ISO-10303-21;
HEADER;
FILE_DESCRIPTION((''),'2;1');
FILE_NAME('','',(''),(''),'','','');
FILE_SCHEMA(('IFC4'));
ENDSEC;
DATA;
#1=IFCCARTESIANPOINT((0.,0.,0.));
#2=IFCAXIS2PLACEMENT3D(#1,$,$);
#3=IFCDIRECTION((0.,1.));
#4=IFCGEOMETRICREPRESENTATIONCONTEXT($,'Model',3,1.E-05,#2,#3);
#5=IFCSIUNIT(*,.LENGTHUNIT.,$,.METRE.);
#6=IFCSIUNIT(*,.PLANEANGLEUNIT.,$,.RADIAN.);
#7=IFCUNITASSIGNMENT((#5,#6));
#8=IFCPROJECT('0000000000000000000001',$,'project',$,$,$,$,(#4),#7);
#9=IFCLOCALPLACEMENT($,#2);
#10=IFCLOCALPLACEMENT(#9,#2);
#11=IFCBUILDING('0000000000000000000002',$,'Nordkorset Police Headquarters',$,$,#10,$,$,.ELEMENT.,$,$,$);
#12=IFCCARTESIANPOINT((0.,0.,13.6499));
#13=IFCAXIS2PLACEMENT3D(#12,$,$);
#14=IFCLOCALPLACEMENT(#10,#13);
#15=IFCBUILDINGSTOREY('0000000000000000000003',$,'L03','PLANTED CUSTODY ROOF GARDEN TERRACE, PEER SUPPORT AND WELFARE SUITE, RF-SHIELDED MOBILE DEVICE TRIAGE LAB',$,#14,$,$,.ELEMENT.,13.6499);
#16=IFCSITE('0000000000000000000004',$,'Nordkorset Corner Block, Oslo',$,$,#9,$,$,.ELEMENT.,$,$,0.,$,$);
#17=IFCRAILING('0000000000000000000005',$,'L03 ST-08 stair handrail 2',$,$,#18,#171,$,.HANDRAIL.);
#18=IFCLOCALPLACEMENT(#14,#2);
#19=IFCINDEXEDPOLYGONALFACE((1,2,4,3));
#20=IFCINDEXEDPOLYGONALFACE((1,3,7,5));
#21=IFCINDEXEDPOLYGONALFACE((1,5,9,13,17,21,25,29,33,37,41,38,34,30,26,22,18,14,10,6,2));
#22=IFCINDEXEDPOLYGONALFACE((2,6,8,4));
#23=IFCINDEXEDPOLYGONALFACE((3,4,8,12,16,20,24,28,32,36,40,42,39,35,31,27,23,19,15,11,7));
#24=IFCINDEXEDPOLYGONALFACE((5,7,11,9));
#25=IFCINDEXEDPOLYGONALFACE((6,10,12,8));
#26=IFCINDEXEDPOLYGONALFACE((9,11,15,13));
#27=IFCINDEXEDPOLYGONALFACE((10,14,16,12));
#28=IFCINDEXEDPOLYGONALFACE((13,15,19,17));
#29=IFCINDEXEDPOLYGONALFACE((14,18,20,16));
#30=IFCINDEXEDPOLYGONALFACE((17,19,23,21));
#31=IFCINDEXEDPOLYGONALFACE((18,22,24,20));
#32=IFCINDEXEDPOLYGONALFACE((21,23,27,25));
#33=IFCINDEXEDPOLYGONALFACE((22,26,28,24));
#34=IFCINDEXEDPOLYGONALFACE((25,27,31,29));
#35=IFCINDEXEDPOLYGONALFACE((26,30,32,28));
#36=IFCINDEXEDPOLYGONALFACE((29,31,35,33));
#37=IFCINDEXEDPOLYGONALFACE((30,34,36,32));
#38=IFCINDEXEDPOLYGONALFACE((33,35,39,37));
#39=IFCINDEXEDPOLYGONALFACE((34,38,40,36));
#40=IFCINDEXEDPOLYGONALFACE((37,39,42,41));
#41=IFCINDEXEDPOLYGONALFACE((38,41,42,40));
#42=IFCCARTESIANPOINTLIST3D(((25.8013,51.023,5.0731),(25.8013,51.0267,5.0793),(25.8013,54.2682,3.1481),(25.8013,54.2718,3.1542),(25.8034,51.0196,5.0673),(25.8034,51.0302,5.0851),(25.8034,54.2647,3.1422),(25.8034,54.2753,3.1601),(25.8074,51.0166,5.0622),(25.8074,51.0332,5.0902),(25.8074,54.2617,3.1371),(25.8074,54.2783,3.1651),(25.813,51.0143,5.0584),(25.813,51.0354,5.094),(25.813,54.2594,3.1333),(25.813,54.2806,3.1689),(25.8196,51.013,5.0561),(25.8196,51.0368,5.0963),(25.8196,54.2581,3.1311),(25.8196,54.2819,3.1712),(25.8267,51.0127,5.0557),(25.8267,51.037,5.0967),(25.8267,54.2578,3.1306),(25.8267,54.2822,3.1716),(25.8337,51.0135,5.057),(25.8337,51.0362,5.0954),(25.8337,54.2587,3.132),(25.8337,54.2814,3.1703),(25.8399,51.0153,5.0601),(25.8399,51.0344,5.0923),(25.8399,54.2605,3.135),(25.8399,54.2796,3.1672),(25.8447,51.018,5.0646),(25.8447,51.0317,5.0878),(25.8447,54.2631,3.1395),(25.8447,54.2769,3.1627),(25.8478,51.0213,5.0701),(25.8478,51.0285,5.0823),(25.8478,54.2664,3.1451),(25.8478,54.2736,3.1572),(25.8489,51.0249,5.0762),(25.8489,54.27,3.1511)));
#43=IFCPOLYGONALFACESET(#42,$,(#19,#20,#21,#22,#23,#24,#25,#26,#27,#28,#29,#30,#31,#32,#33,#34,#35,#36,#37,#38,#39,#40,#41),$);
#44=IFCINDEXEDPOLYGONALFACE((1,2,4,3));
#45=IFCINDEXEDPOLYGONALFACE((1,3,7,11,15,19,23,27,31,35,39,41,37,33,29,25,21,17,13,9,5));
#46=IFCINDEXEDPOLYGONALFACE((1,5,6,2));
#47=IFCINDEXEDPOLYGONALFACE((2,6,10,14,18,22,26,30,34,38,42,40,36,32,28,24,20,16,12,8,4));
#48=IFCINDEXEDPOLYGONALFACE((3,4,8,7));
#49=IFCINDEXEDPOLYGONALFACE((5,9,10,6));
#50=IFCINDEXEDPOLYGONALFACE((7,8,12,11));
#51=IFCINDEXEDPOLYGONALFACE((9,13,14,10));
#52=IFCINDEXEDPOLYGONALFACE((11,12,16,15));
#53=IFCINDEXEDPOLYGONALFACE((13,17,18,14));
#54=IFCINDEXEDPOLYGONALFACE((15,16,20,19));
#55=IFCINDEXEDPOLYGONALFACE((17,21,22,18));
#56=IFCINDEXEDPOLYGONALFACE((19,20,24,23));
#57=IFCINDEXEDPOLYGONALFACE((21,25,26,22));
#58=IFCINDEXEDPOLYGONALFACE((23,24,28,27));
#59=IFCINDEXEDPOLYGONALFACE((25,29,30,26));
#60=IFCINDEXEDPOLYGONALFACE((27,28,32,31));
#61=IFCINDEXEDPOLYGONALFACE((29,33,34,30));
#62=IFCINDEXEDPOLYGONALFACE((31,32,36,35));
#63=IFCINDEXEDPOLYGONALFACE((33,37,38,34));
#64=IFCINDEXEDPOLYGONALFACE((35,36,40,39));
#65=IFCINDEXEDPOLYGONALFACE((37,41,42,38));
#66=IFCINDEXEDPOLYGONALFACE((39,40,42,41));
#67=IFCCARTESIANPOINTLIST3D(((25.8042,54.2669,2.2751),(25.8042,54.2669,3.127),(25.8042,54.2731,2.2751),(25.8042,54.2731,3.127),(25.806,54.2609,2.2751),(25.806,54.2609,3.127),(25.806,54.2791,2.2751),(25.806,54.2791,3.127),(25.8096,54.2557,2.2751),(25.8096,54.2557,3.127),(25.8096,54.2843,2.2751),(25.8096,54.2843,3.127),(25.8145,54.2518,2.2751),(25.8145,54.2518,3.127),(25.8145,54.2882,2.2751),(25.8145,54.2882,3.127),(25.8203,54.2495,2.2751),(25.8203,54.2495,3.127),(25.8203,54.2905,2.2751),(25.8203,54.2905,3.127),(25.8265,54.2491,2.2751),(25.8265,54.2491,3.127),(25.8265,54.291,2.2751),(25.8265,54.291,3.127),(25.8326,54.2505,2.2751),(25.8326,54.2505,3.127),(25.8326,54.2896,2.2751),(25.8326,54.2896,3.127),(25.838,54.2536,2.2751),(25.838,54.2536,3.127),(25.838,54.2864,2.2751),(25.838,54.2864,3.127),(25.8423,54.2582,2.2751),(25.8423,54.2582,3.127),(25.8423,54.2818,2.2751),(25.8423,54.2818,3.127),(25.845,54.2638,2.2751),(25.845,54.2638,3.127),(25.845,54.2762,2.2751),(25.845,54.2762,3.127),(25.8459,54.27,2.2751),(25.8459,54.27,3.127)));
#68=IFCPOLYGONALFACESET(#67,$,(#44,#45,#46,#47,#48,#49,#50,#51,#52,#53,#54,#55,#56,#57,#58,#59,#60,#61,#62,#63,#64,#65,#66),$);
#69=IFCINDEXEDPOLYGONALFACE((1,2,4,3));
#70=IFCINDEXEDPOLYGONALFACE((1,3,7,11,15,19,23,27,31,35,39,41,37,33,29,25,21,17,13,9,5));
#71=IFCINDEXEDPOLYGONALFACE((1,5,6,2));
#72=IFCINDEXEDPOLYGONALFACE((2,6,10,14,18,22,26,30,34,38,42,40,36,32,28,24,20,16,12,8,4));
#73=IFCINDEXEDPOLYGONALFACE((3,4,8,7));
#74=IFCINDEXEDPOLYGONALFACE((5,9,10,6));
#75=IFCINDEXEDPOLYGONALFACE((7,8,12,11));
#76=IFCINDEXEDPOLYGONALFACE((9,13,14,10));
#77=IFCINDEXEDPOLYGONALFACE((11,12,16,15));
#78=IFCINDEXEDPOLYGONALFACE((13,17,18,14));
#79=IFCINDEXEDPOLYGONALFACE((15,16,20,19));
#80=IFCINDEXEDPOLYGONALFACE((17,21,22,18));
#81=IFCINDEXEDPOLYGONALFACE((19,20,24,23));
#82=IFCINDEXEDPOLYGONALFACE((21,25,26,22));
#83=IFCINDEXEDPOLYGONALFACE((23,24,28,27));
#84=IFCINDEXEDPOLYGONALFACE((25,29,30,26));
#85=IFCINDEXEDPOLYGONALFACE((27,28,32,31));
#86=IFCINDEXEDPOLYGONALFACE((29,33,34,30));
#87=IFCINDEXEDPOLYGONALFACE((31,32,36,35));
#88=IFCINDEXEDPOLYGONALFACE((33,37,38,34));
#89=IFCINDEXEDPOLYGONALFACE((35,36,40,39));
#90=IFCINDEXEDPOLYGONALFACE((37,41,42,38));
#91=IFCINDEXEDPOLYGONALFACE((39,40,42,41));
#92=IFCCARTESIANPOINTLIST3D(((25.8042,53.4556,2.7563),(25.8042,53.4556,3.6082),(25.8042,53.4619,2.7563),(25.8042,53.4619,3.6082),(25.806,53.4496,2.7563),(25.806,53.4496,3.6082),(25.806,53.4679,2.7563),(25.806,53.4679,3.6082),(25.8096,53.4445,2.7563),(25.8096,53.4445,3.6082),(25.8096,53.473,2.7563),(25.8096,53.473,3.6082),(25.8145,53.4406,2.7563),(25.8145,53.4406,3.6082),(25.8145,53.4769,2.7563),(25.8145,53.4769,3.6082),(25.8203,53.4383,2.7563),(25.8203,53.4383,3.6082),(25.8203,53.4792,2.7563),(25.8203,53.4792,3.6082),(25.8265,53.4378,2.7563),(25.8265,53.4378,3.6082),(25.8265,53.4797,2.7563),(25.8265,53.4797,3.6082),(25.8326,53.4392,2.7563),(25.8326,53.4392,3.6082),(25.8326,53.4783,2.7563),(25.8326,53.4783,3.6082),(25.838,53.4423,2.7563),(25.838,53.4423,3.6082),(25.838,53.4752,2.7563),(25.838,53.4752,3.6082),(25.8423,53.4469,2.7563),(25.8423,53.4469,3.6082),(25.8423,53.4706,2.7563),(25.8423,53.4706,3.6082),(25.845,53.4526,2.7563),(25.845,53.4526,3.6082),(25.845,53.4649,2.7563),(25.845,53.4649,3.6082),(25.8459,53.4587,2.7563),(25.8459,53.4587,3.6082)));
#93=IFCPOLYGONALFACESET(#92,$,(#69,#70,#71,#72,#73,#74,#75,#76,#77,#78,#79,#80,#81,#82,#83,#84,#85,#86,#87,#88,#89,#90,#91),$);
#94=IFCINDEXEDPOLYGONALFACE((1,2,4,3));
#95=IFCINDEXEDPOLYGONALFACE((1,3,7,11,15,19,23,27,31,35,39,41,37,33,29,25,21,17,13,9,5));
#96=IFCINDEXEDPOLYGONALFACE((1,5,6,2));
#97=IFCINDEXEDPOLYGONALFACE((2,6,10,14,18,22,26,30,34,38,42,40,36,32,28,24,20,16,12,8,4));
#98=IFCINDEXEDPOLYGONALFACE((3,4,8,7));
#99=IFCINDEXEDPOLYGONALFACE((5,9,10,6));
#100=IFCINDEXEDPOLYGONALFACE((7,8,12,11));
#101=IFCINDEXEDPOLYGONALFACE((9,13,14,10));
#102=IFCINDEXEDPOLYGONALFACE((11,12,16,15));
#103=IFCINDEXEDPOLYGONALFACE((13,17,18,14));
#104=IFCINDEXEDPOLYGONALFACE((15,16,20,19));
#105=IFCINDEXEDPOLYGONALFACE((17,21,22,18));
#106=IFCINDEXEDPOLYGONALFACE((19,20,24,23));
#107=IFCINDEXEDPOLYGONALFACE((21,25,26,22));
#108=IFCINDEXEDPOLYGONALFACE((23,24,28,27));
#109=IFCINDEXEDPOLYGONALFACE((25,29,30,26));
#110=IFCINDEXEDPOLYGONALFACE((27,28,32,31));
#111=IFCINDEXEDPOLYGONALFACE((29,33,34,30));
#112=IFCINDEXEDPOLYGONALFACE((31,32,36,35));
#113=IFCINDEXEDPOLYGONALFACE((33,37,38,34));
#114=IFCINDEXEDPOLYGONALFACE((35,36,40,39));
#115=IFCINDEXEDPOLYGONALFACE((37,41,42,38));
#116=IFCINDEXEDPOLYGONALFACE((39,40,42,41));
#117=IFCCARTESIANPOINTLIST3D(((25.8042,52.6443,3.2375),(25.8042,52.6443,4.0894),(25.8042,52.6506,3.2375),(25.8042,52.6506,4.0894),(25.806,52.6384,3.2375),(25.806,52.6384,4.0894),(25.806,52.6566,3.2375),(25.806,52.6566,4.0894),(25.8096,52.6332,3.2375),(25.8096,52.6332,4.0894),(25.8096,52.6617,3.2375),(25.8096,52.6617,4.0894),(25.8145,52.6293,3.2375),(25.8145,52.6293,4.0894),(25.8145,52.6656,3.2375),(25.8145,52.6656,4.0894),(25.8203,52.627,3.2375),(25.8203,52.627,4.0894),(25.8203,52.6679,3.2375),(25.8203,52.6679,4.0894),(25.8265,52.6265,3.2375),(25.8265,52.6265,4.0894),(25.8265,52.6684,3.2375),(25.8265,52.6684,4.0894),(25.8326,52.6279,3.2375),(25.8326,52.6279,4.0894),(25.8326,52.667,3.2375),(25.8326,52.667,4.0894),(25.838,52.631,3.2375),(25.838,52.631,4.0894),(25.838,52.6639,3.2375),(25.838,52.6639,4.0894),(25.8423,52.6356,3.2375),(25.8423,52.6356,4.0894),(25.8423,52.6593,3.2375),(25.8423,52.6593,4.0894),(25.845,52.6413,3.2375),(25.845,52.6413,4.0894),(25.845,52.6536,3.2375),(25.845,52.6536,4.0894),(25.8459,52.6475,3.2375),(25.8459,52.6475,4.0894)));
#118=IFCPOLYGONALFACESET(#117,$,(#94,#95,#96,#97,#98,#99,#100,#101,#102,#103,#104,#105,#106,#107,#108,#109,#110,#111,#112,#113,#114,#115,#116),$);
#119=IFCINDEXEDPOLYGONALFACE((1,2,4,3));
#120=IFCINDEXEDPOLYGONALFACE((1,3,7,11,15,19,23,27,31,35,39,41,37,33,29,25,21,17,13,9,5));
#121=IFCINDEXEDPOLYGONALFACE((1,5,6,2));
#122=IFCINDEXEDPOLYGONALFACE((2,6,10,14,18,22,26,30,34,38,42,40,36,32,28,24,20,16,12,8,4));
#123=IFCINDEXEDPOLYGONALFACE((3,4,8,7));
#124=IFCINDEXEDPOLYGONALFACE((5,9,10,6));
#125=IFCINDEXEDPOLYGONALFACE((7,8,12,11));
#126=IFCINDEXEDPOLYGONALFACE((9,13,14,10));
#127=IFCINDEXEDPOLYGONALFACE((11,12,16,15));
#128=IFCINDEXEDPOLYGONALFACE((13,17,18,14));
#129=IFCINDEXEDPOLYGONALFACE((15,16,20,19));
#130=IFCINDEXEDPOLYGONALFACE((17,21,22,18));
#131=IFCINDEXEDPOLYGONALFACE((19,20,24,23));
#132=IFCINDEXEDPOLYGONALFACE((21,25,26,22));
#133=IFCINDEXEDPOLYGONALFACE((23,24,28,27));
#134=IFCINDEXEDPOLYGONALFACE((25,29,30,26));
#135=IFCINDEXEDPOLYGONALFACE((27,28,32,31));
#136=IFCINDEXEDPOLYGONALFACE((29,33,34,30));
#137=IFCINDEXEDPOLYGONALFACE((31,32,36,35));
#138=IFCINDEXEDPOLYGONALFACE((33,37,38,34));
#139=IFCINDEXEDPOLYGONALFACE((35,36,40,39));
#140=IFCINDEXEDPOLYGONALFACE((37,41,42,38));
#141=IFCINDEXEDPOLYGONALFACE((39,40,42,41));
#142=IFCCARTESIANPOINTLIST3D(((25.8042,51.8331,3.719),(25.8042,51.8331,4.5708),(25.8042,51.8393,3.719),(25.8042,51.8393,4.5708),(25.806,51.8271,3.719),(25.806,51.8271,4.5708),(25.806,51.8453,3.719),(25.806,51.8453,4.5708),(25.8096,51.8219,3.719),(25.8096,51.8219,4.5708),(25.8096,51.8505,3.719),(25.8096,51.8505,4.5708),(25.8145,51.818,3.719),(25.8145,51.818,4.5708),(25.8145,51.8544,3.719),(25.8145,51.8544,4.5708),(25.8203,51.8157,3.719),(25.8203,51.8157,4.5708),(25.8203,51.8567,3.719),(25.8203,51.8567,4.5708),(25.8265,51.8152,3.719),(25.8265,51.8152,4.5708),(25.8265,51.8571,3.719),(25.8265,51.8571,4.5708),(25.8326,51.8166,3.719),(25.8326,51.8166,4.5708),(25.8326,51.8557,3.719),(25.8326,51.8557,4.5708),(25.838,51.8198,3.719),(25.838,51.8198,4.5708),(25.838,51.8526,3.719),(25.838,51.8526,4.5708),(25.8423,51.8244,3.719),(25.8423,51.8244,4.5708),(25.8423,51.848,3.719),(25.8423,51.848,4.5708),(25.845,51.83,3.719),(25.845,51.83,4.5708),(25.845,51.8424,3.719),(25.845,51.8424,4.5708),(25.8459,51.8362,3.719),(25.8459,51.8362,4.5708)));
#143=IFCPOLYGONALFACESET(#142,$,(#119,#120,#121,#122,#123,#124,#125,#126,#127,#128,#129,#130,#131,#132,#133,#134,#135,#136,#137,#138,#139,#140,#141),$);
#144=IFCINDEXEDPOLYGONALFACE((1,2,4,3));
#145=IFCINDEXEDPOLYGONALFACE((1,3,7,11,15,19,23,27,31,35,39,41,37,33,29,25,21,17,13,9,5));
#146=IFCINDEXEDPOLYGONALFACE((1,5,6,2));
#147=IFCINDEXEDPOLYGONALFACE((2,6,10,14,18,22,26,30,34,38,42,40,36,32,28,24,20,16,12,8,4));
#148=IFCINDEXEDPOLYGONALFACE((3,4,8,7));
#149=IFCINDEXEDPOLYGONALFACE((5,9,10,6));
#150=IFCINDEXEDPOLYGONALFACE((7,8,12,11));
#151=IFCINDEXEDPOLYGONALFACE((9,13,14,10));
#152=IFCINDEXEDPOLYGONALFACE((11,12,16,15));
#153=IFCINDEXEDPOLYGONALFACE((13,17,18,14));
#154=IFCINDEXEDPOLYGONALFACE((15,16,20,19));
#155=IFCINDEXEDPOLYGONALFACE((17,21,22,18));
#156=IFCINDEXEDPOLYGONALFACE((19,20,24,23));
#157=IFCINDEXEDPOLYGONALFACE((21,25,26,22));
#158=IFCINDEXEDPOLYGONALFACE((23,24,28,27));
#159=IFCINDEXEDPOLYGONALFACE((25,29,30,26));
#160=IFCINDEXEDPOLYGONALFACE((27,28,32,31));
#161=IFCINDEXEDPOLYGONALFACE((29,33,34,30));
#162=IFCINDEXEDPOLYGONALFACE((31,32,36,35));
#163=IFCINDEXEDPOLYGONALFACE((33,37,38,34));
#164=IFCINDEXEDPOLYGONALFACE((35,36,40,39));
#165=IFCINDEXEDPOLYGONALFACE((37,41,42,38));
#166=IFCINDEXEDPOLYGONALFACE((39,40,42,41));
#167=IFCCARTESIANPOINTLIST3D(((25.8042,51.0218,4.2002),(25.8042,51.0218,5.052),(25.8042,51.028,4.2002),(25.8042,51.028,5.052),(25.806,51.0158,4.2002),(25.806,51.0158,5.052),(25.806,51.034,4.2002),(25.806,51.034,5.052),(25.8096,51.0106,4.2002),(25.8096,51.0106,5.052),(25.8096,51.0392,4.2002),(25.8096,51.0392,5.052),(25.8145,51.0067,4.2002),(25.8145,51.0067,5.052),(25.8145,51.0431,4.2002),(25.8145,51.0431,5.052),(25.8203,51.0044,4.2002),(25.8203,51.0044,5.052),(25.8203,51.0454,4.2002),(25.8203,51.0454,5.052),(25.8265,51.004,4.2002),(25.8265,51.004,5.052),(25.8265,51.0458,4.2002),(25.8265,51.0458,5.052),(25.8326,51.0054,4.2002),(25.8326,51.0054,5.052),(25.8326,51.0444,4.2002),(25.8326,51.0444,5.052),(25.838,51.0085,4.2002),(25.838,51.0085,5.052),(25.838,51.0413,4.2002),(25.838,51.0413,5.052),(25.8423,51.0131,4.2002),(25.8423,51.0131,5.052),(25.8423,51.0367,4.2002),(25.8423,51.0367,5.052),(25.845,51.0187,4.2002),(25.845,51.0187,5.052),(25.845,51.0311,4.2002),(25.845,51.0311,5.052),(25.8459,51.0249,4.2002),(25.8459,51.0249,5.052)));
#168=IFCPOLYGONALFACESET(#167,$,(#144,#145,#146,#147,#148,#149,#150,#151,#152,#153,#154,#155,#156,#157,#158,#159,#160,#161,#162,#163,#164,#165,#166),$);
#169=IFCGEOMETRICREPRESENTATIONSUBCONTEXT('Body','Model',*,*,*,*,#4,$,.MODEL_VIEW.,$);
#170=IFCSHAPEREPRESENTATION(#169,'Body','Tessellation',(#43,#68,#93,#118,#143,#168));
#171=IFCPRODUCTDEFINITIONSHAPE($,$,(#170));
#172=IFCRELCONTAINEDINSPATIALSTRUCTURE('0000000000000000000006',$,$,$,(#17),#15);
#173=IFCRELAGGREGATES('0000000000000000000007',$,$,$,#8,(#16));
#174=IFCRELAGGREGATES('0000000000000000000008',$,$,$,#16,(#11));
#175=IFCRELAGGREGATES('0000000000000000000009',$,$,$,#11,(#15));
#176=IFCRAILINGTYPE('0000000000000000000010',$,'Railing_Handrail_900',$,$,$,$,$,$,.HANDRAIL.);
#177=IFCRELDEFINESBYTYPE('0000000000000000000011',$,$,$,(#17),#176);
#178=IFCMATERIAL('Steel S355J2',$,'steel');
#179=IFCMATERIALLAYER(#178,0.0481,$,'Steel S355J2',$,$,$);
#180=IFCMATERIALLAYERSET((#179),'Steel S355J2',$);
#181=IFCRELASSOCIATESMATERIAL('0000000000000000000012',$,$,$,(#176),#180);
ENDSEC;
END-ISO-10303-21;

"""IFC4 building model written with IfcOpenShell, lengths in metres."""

from ifc_helpers import new_model, si_unit, direction, frame, origin, origin_2d, place, context, subcontext, project, spatial, circle, extrude, material, layer, layer_set, type_object, element, save


model = new_model("IFC4")

# Units and contexts
model_context = context("Model", 3, precision=1e-05, world=origin(), true_north=direction((0.0, 1.0)))
body_context = subcontext(model_context, "Body", "Model", "MODEL_VIEW")
ifc_project = project(units=[si_unit("LENGTHUNIT", "METRE"), si_unit("PLANEANGLEUNIT", "RADIAN")], contexts=[model_context])

# Site, building, storey
site_placement = place(None, origin())
site = spatial("IfcSite", under=ifc_project, at=site_placement, Name="Nordkorset Corner Block, Oslo", CompositionType="ELEMENT", RefElevation=0.0)
building_placement = place(site_placement, origin())
building = spatial("IfcBuilding", under=site, at=building_placement, Name="Nordkorset Police Headquarters", CompositionType="ELEMENT")
storey_placement = place(building_placement, frame((0.0, 0.0, 13.6499)))
storey = spatial("IfcBuildingStorey", under=building, at=storey_placement, Name="L03", Description="PLANTED CUSTODY ROOF GARDEN TERRACE, PEER SUPPORT AND WELFARE SUITE, RF-SHIELDED MOBILE DEVICE TRIAGE LAB", CompositionType="ELEMENT", Elevation=13.6499)

# Railing
ifc_material_1 = material(Name="Steel S355J2", Category="steel")
ifc_layer_1 = layer(ifc_material_1, 0.0481, Name="Steel S355J2")
ifc_layer_set_1 = layer_set([ifc_layer_1], Name="Steel S355J2")
railing_type_1 = type_object("IfcRailingType", Name="Railing_Handrail_900", PredefinedType="HANDRAIL", material=ifc_layer_set_1)
railing_1_placement = place(storey_placement, frame((25.825, 54.27, 2.2751)))
element("IfcRailing", 1, at=railing_1_placement, inside=storey, type_object=railing_type_1, Name="L03 ST-08 stair handrail 2", PredefinedType="HANDRAIL", context=body_context, shape_type="SweptSolid", body=[
    extrude(circle(Radius=0.0239, at=origin_2d()), frame((0.0, 0.0, 0.876), z_axis=(0.0, -0.860057, 0.510198), x_axis=(1.0, 0.0, 0.0)), (0.0, 0.0, 1.0), 3.7732),
    extrude(circle(Radius=0.021, at=origin_2d()), origin(), (0.0, 0.0, 1.0), 0.8518),
    extrude(circle(Radius=0.021, at=origin_2d()), frame((0.0, -0.8113, 0.4812)), (0.0, 0.0, 1.0), 0.8518),
    extrude(circle(Radius=0.021, at=origin_2d()), frame((0.0, -1.6226, 0.9624)), (0.0, 0.0, 1.0), 0.8518),
    extrude(circle(Radius=0.021, at=origin_2d()), frame((0.0, -2.4338, 1.4438)), (0.0, 0.0, 1.0), 0.8518),
    extrude(circle(Radius=0.021, at=origin_2d()), frame((0.0, -3.2451, 1.925)), (0.0, 0.0, 1.0), 0.8518),
])

save(model, "model.ifc")
